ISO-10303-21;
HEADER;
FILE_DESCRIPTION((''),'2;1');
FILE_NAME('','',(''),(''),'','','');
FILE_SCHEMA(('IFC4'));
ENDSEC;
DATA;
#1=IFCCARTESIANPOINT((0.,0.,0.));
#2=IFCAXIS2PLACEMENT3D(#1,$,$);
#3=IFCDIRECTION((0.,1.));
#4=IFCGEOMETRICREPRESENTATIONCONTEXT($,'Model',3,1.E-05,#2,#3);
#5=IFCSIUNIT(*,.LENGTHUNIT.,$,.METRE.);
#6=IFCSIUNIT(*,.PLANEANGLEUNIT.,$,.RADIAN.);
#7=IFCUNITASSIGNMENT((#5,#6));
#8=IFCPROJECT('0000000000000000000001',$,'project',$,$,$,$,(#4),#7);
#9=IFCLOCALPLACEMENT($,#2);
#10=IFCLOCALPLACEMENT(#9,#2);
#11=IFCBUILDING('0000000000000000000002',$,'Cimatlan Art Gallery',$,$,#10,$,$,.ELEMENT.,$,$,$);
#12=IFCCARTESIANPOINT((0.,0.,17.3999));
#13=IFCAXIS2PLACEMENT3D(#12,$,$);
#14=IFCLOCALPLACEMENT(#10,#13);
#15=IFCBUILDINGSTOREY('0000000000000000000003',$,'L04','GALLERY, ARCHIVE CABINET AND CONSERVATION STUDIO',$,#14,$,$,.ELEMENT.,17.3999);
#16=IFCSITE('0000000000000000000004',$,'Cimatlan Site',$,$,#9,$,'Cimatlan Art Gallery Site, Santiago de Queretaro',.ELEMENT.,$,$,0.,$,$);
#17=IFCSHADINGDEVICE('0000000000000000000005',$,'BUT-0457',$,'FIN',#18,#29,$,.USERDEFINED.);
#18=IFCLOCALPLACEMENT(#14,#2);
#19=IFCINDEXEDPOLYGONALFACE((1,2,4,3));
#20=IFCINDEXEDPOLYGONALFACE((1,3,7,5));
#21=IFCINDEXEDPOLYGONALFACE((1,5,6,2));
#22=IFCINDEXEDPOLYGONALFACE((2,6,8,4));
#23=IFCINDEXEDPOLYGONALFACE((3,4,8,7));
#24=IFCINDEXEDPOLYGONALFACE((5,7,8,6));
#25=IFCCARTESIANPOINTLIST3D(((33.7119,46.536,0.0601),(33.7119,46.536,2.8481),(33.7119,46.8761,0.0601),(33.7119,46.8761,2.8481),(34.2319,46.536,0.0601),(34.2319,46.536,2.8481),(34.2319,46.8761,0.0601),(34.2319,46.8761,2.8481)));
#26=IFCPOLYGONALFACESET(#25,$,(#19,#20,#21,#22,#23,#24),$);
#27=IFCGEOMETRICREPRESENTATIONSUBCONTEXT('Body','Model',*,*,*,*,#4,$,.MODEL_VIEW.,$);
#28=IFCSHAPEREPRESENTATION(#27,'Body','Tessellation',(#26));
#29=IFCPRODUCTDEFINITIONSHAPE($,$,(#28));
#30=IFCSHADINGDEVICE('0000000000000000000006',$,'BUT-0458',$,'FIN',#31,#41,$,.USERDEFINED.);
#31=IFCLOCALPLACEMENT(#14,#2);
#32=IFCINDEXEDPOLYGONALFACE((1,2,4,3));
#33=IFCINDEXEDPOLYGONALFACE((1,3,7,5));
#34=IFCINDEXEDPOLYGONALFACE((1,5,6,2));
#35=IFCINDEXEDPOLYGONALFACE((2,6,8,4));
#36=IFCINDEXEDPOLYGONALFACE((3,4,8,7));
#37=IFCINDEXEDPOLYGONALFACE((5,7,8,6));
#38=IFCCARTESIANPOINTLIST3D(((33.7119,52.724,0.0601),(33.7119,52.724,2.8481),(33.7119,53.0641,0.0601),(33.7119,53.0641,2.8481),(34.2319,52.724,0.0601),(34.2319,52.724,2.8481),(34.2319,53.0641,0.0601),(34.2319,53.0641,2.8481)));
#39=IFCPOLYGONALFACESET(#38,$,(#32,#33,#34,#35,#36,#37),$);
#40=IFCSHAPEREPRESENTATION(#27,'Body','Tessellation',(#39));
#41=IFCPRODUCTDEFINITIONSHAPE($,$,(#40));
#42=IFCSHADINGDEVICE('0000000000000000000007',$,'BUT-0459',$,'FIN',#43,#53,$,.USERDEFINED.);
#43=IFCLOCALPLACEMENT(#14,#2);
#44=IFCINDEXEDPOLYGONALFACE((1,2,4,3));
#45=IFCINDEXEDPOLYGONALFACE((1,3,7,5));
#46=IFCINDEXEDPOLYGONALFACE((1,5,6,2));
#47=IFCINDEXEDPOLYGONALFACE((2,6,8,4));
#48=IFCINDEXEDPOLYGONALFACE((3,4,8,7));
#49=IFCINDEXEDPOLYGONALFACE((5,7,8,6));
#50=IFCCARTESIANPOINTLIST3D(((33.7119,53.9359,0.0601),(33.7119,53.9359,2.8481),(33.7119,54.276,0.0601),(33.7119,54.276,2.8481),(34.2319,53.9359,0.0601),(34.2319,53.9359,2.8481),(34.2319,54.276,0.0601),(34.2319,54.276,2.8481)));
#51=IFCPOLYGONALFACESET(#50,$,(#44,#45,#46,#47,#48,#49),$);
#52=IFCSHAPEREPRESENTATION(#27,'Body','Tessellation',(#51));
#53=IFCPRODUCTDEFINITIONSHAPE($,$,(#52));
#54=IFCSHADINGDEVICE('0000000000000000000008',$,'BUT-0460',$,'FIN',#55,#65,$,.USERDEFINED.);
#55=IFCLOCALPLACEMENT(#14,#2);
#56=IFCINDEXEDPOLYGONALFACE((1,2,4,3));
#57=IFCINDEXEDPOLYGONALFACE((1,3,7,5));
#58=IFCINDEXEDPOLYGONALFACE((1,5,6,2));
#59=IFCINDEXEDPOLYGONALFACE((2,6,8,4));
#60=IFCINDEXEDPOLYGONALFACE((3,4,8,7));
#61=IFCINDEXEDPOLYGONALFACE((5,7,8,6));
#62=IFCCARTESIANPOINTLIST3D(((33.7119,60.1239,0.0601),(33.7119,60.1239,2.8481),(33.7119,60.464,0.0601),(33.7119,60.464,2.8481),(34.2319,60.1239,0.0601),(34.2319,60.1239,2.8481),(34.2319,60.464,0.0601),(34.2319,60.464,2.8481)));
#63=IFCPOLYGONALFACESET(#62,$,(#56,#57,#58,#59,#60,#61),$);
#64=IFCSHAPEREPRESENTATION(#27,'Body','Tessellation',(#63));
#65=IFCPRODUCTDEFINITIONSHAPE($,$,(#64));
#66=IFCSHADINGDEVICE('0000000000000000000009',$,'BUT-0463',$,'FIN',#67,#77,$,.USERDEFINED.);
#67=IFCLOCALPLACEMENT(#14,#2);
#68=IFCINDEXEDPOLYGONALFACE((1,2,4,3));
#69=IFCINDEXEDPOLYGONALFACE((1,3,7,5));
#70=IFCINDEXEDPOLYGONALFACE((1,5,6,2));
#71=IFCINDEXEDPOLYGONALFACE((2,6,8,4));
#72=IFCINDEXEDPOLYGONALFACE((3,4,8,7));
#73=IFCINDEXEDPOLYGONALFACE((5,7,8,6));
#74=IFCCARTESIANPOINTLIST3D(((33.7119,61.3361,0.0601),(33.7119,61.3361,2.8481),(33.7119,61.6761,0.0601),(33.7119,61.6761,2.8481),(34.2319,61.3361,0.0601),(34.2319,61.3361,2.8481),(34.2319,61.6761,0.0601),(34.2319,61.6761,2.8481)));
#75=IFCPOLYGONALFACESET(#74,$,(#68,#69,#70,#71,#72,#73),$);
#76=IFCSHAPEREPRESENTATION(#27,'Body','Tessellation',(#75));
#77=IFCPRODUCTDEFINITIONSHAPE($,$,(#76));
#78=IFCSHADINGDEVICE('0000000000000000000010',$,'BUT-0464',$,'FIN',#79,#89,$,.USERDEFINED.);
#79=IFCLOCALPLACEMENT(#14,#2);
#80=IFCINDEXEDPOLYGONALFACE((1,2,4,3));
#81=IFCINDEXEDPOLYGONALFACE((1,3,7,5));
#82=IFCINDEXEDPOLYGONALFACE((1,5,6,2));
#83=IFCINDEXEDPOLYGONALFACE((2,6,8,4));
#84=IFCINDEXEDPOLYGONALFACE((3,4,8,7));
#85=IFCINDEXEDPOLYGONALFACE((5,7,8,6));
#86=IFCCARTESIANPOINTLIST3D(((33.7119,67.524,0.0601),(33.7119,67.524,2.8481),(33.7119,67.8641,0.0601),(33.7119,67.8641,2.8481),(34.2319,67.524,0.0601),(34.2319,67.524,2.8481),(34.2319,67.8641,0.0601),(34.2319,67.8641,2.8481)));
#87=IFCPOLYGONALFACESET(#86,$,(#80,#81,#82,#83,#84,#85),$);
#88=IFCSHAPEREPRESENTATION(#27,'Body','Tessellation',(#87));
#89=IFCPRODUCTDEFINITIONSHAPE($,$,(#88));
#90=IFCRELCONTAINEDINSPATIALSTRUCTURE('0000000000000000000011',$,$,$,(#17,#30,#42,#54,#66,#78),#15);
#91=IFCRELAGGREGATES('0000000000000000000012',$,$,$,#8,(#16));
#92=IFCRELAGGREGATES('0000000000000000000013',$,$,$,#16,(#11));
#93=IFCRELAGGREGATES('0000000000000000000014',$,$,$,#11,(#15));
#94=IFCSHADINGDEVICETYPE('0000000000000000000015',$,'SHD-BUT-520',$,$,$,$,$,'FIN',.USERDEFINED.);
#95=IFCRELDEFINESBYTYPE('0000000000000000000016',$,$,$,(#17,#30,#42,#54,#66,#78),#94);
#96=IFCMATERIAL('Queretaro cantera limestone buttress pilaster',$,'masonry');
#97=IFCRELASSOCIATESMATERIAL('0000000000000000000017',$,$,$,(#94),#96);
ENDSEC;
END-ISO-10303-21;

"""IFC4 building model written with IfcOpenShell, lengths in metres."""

from ifc_helpers import new_model, si_unit, direction, frame, origin, origin_2d, place, context, subcontext, project, spatial, rectangle, extrude, material, type_object, element, save


model = new_model("IFC4")

# Units and contexts
model_context = context("Model", 3, precision=1e-05, world=origin(), true_north=direction((0.0, 1.0)))
body_context = subcontext(model_context, "Body", "Model", "MODEL_VIEW")
ifc_project = project(units=[si_unit("LENGTHUNIT", "METRE"), si_unit("PLANEANGLEUNIT", "RADIAN")], contexts=[model_context])

# Site, building, storey
site_placement = place(None, origin())
site = spatial("IfcSite", under=ifc_project, at=site_placement, Name="Cimatlan Site", LongName="Cimatlan Art Gallery Site, Santiago de Queretaro", CompositionType="ELEMENT", RefElevation=0.0)
building_placement = place(site_placement, origin())
building = spatial("IfcBuilding", under=site, at=building_placement, Name="Cimatlan Art Gallery", CompositionType="ELEMENT")
storey_placement = place(building_placement, frame((0.0, 0.0, 17.3999)))
storey = spatial("IfcBuildingStorey", under=building, at=storey_placement, Name="L04", Description="GALLERY, ARCHIVE CABINET AND CONSERVATION STUDIO", CompositionType="ELEMENT", Elevation=17.3999)

# Shading devices
ifc_material_1 = material(Name="Queretaro cantera limestone buttress pilaster", Category="masonry")
shading_device_type = type_object("IfcShadingDeviceType", Name="SHD-BUT-520", ElementType="FIN", PredefinedType="USERDEFINED", material=ifc_material_1)
for number, where, z_axis, x_axis, name in (
    (1, (33.9719, 46.7061, 0.0601), (0.0, 0.0, 1.0), (0.0, 1.0, 0.0), "BUT-0457"),
    (2, (33.9719, 52.894, 0.0601), (0.0, 0.0, 1.0), (0.0, 1.0, 0.0), "BUT-0458"),
    (3, (33.9719, 54.106, 0.0601), (0.0, 0.0, 1.0), (0.0, 1.0, 0.0), "BUT-0459"),
    (4, (33.9719, 60.2939, 0.0601), (0.0, 0.0, 1.0), (0.0, 1.0, 0.0), "BUT-0460"),
    (5, (33.9719, 61.5061, 0.0601), (0.0, 0.0, 1.0), (0.0, 1.0, 0.0), "BUT-0463"),
    (6, (33.9719, 67.6941, 0.0601), (0.0, 0.0, 1.0), (0.0, 1.0, 0.0), "BUT-0464"),
):
    element("IfcShadingDevice", number, at=place(storey_placement, frame(where, z_axis=z_axis, x_axis=x_axis)), inside=storey, type_object=shading_device_type, Name=name, ObjectType="FIN", PredefinedType="USERDEFINED", context=body_context, shape_type="SweptSolid", body=[
        extrude(rectangle(XDim=0.3401, YDim=0.52, at=origin_2d()), origin(), (0.0, 0.0, 1.0), 2.7881),
    ])

save(model, "model.ifc")
